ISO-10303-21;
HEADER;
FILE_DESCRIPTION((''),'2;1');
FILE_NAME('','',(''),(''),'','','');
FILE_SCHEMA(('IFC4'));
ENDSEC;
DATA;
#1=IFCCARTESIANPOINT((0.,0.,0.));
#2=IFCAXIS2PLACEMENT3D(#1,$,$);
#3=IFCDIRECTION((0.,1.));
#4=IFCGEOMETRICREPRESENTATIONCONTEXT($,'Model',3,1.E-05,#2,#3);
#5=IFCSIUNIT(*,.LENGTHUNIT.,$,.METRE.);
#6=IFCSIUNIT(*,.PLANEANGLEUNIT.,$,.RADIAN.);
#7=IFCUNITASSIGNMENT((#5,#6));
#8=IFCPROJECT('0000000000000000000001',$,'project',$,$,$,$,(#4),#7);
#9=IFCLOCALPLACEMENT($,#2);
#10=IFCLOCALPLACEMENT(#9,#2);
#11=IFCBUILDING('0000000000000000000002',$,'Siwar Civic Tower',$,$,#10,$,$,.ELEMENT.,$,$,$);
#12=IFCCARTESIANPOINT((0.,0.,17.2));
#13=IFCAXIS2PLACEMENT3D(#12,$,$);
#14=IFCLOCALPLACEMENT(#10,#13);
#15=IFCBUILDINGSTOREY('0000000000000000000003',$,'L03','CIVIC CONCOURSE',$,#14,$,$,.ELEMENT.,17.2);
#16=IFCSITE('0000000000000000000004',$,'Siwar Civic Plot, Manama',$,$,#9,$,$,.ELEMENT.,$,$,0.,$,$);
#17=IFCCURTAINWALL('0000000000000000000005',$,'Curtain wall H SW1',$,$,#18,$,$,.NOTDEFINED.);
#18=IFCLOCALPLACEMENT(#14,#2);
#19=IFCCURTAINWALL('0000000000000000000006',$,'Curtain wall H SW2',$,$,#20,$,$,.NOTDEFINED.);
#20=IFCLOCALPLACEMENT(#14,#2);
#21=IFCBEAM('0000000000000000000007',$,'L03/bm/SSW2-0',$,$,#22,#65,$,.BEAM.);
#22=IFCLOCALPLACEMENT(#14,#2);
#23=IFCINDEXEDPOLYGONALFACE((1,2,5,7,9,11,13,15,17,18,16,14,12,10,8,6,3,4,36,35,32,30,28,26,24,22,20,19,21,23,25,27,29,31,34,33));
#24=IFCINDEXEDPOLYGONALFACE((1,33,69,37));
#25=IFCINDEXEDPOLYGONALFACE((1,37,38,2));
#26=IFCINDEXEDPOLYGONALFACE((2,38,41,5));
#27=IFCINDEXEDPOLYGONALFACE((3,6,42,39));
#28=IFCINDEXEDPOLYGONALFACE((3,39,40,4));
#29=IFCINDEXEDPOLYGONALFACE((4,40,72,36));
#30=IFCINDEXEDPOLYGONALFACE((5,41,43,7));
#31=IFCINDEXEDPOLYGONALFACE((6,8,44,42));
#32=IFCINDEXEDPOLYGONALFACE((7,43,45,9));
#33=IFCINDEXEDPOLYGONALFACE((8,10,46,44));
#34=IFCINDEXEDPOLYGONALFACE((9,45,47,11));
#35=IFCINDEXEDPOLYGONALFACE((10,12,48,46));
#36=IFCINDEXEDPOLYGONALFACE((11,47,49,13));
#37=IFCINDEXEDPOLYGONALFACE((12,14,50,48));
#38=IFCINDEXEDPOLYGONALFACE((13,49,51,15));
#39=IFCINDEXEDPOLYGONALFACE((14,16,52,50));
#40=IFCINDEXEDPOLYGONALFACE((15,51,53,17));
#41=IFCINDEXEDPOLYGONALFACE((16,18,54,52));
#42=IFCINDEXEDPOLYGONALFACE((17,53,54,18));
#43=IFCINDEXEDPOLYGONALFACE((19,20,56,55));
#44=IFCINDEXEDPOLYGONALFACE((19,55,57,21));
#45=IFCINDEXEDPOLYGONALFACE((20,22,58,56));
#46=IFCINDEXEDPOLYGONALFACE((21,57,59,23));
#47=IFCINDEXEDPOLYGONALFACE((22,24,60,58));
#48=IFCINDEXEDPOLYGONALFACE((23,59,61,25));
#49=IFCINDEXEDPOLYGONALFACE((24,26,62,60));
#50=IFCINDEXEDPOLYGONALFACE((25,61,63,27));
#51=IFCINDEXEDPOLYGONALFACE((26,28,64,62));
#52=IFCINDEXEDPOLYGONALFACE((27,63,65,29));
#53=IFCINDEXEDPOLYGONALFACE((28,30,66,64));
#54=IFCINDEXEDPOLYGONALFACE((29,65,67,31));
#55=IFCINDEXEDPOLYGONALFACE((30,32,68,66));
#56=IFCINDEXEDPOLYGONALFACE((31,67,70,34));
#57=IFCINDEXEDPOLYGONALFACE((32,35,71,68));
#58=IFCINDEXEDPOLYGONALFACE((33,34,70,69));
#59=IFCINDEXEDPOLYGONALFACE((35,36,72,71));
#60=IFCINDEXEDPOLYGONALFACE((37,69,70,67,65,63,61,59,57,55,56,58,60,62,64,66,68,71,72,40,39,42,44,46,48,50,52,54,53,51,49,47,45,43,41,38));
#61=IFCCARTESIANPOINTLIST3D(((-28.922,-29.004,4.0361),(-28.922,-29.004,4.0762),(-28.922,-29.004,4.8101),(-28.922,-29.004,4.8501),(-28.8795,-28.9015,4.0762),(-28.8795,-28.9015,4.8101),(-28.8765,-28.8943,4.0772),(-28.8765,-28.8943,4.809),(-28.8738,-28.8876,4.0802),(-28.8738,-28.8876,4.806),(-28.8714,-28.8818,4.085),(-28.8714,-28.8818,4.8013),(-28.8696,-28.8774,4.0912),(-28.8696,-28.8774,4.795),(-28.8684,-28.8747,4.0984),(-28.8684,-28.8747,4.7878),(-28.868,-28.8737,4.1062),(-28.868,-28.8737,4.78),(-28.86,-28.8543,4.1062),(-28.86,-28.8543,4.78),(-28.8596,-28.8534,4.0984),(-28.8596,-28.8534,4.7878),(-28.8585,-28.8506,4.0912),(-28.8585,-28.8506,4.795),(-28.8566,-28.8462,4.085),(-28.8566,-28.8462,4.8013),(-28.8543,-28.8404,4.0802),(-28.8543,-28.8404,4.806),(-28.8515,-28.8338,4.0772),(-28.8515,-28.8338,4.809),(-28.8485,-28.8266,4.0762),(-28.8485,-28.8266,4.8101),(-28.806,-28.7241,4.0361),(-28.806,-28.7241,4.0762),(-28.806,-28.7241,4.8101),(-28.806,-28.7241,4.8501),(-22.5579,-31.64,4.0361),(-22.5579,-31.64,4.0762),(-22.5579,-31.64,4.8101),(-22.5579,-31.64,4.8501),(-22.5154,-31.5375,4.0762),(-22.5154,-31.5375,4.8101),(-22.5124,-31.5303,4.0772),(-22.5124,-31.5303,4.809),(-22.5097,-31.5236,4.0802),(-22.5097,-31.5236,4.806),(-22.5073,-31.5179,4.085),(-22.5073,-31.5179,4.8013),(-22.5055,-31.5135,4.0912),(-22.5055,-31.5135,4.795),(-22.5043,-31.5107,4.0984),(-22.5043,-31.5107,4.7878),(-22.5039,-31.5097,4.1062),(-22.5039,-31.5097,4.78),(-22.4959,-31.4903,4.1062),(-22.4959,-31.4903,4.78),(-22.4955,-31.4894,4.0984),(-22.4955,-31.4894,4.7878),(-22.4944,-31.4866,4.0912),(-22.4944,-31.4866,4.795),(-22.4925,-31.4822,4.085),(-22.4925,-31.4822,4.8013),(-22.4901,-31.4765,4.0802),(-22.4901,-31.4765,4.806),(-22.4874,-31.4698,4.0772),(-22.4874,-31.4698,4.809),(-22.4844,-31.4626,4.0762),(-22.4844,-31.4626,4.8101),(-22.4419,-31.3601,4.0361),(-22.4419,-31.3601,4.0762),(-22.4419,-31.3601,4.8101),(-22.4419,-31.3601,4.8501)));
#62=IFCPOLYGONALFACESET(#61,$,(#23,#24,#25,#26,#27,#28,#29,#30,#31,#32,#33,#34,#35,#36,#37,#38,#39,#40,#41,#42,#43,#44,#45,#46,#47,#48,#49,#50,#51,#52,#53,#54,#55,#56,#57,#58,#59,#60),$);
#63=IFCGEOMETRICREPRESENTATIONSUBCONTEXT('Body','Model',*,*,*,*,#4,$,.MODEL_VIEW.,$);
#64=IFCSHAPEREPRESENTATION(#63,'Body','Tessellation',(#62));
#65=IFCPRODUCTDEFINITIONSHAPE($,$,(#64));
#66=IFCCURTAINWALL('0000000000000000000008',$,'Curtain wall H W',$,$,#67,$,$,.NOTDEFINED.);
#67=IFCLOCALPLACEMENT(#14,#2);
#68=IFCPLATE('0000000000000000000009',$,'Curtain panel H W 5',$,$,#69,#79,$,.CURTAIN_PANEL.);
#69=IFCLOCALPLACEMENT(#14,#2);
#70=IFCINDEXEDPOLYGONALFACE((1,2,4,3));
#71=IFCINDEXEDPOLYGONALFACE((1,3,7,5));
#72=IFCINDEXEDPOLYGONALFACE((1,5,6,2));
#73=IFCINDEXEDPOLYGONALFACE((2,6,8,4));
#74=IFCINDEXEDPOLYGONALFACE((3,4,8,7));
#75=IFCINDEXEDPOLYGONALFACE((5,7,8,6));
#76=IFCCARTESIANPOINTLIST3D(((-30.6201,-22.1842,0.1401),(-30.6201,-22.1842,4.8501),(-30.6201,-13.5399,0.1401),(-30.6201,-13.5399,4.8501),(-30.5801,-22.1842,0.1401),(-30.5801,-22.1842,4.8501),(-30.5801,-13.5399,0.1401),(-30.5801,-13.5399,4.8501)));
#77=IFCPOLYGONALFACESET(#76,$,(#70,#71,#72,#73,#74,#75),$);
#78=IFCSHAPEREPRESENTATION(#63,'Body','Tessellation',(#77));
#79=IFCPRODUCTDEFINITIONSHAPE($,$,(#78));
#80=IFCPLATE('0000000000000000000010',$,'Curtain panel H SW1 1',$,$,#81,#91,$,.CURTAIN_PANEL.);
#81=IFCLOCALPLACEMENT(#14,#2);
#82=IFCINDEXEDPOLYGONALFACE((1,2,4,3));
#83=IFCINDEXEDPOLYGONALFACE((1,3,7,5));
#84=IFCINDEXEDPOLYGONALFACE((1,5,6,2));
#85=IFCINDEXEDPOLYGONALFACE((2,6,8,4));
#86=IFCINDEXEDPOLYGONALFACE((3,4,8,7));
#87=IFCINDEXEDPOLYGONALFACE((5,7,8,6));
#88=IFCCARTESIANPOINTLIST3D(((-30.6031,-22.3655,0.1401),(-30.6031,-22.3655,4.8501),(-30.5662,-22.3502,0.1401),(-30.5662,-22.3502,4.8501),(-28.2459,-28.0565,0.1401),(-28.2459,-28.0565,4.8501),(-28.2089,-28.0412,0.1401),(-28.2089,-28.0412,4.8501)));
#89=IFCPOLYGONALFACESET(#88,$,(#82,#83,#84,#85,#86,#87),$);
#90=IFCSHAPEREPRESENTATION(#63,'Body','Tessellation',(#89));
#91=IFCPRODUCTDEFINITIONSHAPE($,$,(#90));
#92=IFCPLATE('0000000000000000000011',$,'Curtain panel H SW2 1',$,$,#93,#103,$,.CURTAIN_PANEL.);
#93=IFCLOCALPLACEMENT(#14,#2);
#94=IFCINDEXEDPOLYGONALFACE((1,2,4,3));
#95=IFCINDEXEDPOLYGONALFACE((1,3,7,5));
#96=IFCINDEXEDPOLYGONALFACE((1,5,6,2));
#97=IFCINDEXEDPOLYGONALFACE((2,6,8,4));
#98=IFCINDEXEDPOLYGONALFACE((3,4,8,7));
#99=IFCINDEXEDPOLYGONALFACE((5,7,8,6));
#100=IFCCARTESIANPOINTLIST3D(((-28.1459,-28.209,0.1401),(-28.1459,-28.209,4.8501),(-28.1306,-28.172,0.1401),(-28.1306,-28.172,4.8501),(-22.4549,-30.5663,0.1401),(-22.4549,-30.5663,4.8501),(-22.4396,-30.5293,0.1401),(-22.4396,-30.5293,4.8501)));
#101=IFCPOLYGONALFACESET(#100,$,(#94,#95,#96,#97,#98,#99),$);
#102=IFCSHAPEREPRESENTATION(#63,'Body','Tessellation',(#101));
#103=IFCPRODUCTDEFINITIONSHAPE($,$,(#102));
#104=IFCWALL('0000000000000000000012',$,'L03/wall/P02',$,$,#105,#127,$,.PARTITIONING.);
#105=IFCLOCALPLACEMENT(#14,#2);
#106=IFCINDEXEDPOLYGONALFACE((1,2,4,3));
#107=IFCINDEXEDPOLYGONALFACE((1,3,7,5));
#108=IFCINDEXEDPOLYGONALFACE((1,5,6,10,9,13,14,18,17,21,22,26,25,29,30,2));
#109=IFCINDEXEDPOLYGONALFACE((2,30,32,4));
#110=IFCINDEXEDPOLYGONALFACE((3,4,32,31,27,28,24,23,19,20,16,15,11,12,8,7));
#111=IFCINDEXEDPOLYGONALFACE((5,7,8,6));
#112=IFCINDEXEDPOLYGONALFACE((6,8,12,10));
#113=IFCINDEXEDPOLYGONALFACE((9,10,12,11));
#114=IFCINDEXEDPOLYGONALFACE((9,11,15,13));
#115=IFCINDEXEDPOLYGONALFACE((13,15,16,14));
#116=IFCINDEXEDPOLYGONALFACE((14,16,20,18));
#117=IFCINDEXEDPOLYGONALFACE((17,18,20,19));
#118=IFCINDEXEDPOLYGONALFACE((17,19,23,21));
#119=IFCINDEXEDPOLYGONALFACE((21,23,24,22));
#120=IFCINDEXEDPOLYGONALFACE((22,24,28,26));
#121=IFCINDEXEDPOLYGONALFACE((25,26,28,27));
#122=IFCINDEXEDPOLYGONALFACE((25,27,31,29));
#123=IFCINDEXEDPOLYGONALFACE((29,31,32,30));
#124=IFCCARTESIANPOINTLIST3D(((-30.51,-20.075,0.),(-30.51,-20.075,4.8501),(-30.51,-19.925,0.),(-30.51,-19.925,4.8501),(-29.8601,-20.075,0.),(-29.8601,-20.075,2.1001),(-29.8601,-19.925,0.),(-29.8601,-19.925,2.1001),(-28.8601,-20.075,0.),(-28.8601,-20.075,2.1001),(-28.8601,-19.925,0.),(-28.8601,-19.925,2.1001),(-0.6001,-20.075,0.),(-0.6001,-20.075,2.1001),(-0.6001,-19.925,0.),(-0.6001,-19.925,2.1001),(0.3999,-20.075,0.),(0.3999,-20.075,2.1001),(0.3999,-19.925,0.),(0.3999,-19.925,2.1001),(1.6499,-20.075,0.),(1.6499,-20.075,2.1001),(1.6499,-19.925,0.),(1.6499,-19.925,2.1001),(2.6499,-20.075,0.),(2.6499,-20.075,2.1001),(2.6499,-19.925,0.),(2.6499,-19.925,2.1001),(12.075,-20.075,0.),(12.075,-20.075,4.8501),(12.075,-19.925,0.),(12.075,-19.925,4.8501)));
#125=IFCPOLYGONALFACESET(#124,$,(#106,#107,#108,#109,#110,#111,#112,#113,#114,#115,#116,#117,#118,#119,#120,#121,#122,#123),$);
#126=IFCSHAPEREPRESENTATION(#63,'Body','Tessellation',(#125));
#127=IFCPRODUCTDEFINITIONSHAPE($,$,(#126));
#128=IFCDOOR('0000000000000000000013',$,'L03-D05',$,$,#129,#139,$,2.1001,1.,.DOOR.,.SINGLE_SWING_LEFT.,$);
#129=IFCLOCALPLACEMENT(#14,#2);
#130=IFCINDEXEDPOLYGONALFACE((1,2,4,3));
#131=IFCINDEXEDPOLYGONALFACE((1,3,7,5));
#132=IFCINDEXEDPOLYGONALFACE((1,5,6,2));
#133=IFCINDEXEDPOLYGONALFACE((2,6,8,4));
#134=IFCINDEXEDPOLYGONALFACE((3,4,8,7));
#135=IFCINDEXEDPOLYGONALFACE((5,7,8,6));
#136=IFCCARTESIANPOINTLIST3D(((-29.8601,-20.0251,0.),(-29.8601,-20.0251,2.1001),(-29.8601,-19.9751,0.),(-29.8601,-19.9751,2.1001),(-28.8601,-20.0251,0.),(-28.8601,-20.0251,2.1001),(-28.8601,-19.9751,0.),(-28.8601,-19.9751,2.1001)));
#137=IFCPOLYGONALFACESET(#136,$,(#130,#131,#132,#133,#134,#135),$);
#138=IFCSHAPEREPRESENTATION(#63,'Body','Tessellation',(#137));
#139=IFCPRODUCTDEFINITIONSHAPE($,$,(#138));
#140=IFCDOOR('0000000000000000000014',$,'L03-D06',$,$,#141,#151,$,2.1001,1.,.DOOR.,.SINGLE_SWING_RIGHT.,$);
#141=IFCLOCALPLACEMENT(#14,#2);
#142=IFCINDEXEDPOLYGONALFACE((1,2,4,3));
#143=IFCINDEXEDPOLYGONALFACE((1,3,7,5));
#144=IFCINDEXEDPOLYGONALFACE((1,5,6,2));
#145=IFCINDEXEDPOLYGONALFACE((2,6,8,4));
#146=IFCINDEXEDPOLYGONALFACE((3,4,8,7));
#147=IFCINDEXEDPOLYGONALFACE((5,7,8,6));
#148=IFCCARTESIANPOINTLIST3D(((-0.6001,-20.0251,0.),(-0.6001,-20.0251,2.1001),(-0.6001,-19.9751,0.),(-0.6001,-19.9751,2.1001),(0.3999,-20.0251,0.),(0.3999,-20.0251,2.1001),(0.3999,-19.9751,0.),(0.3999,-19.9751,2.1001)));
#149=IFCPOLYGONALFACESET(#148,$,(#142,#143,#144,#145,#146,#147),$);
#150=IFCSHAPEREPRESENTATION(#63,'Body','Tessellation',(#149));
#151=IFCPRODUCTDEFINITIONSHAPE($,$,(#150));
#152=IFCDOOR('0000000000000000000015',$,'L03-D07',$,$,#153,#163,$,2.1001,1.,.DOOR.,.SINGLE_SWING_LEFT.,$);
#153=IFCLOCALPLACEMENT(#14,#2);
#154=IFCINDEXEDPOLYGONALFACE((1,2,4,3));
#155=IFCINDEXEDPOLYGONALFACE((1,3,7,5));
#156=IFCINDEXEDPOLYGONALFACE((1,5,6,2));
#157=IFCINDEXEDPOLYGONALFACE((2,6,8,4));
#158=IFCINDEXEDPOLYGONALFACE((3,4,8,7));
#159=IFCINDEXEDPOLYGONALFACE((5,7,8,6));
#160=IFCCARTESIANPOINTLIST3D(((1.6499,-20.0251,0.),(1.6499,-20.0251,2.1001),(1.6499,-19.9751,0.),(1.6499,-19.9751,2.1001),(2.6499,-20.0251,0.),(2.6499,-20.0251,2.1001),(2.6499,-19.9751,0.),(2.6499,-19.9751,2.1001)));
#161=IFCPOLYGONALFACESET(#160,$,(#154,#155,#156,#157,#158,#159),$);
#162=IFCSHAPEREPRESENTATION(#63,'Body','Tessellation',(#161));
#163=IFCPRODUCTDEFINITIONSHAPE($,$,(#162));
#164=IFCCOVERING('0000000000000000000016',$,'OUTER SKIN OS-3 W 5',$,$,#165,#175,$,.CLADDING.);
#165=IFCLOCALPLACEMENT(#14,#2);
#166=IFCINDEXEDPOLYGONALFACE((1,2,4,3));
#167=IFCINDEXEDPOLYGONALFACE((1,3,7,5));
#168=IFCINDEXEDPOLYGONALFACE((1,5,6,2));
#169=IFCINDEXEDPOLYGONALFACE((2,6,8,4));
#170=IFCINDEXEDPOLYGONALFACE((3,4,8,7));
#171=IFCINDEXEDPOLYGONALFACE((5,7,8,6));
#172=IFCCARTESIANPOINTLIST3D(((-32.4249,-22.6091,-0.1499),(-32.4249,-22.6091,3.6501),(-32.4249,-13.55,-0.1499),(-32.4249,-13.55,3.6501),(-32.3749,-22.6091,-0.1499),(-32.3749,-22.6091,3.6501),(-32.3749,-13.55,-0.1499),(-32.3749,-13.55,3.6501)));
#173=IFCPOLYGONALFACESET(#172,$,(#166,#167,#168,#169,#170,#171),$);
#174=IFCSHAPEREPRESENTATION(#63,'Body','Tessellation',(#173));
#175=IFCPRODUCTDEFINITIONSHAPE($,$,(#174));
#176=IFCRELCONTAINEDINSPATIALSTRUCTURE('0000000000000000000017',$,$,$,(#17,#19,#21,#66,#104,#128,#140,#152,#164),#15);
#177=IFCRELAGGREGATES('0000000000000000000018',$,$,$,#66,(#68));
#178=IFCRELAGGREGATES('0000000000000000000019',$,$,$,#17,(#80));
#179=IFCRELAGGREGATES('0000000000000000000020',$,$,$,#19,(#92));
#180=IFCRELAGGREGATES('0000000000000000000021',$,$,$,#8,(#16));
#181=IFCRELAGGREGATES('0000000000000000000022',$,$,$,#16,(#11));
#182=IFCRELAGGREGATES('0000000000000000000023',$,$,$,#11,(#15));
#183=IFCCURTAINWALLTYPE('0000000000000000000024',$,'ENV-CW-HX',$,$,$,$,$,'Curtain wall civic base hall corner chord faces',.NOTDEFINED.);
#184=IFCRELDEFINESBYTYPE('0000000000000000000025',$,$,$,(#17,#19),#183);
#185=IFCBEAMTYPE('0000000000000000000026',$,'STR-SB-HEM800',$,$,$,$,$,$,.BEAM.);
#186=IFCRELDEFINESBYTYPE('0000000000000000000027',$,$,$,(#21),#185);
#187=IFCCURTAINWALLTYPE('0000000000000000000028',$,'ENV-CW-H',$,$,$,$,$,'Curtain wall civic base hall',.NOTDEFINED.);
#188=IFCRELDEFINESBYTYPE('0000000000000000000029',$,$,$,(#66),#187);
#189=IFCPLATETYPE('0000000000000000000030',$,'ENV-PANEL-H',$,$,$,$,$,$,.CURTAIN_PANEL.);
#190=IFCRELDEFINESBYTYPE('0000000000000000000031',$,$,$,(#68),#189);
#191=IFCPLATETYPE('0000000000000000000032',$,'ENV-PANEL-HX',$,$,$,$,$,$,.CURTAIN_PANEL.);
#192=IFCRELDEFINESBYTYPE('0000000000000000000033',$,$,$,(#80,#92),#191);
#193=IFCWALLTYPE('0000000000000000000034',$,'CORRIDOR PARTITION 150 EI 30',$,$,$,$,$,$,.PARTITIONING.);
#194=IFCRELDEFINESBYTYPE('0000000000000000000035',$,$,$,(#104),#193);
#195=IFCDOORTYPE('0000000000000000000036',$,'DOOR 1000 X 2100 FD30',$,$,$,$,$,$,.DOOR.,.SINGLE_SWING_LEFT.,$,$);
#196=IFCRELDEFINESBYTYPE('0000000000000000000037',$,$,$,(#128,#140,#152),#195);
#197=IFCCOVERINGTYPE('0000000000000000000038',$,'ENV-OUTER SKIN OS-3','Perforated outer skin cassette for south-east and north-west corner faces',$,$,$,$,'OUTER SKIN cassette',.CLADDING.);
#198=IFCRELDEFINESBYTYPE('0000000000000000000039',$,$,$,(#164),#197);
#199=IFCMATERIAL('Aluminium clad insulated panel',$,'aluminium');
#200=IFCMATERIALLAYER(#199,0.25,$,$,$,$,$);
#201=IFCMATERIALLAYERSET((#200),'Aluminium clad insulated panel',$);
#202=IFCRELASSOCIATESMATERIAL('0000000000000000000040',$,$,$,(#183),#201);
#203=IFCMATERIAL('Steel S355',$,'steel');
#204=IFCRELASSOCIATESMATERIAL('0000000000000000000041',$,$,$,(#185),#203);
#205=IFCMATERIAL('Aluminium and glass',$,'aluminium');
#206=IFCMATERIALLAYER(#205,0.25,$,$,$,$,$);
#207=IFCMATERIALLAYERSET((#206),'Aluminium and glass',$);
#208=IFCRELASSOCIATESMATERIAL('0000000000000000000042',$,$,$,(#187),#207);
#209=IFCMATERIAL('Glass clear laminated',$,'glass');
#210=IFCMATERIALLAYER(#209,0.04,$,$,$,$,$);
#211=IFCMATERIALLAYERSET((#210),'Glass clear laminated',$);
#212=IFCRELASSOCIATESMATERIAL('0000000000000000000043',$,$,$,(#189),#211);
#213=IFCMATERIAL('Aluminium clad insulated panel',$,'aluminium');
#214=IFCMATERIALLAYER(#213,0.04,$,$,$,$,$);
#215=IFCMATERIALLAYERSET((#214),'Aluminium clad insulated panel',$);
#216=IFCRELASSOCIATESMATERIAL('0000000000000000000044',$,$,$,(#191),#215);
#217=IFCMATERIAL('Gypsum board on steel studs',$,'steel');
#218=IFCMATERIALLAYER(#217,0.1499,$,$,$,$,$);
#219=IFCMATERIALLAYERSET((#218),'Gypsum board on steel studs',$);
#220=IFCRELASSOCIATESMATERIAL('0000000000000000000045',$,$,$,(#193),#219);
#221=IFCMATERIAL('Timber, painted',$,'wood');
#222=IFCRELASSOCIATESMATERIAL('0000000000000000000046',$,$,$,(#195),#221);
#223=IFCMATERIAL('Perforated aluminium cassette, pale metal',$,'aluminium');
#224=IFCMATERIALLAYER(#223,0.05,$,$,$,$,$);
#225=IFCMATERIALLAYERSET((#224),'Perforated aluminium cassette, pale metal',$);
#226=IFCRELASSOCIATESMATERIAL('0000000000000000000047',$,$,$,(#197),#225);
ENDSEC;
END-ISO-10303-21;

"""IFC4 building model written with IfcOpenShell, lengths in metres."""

from ifc_helpers import new_model, si_unit, direction, frame, frame_2d, origin, origin_2d, place, context, subcontext, project, spatial, rectangle, i_section, extrude, material, layer, layer_set, material_profile, profile_set, type_object, element, fill, aggregate, save


model = new_model("IFC4")

# Units and contexts
model_context = context("Model", 3, precision=1e-05, world=origin(), true_north=direction((0.0, 1.0)))
body_context = subcontext(model_context, "Body", "Model", "MODEL_VIEW")
ifc_project = project(units=[si_unit("LENGTHUNIT", "METRE"), si_unit("PLANEANGLEUNIT", "RADIAN")], contexts=[model_context])

# Site, building, storey
site_placement = place(None, origin())
site = spatial("IfcSite", under=ifc_project, at=site_placement, Name="Siwar Civic Plot, Manama", CompositionType="ELEMENT", RefElevation=0.0)
building_placement = place(site_placement, origin())
building = spatial("IfcBuilding", under=site, at=building_placement, Name="Siwar Civic Tower", CompositionType="ELEMENT")
storey_placement = place(building_placement, frame((0.0, 0.0, 17.2)))
storey = spatial("IfcBuildingStorey", under=building, at=storey_placement, Name="L03", Description="CIVIC CONCOURSE", CompositionType="ELEMENT", Elevation=17.2)

# Curtain walls
ifc_material_1 = material(Name="Aluminium clad insulated panel", Category="aluminium")
ifc_layer_1 = layer(ifc_material_1, 0.25)
ifc_layer_set_1 = layer_set([ifc_layer_1], Name="Aluminium clad insulated panel")
curtain_wall_type_1 = type_object("IfcCurtainWallType", Name="ENV-CW-HX", ElementType="Curtain wall civic base hall corner chord faces", PredefinedType="NOTDEFINED", material=ifc_layer_set_1)
curtain_wall_1_placement = place(storey_placement, origin())
curtain_wall_1 = element("IfcCurtainWall", 1, at=curtain_wall_1_placement, inside=storey, type_object=curtain_wall_type_1, Name="Curtain wall H SW1", PredefinedType="NOTDEFINED")
curtain_wall_2_placement = place(storey_placement, origin())
curtain_wall_2 = element("IfcCurtainWall", 2, at=curtain_wall_2_placement, inside=storey, type_object=curtain_wall_type_1, Name="Curtain wall H SW2", PredefinedType="NOTDEFINED")

# Beam
ifc_material_2 = material(Name="Steel S355", Category="steel")
ifc_material_profile_1 = material_profile(ifc_material_2, i_section(OverallWidth=0.303, OverallDepth=0.814, WebThickness=0.021, FlangeThickness=0.04, FilletRadius=0.03, at=origin_2d()), Name="HEM800")
ifc_profile_set_1 = profile_set([ifc_material_profile_1], Name="Steel S355")
beam_type_1 = type_object("IfcBeamType", Name="STR-SB-HEM800", PredefinedType="BEAM", material=ifc_profile_set_1)
for number, where, z_axis, x_axis, name in (
    (3, (-28.864, -28.864, 4.4431), (0.923883, -0.382674, 0.0), (0.382674, 0.923883, 0.0), "L03/bm/SSW2-0"),
):
    element("IfcBeam", number, at=place(storey_placement, frame(where, z_axis=z_axis, x_axis=x_axis)), inside=storey, type_object=beam_type_1, Name=name, PredefinedType="BEAM", context=body_context, shape_type="SweptSolid", body=[
        extrude(i_section(OverallWidth=0.303, OverallDepth=0.814, WebThickness=0.021, FlangeThickness=0.04, FilletRadius=0.03, at=origin_2d()), origin(), (0.0, 0.0, 1.0), 6.8884),
    ])

# Curtain wall, plate
ifc_material_3 = material(Name="Aluminium and glass", Category="aluminium")
ifc_layer_2 = layer(ifc_material_3, 0.25)
ifc_layer_set_2 = layer_set([ifc_layer_2], Name="Aluminium and glass")
curtain_wall_type_2 = type_object("IfcCurtainWallType", Name="ENV-CW-H", ElementType="Curtain wall civic base hall", PredefinedType="NOTDEFINED", material=ifc_layer_set_2)
curtain_wall_3_placement = place(storey_placement, origin())
curtain_wall_3 = element("IfcCurtainWall", 4, at=curtain_wall_3_placement, inside=storey, type_object=curtain_wall_type_2, Name="Curtain wall H W", PredefinedType="NOTDEFINED")
ifc_material_4 = material(Name="Glass clear laminated", Category="glass")
ifc_layer_3 = layer(ifc_material_4, 0.04)
ifc_layer_set_3 = layer_set([ifc_layer_3], Name="Glass clear laminated")
plate_type_1 = type_object("IfcPlateType", Name="ENV-PANEL-H", PredefinedType="CURTAIN_PANEL", material=ifc_layer_set_3)
plate_1_placement = place(storey_placement, frame((-30.6001, -17.8621, 0.1401), z_axis=(0.0, 0.0, 1.0), x_axis=(0.0, -1.0, 0.0)))
plate_1 = element("IfcPlate", 5, at=plate_1_placement, type_object=plate_type_1, Name="Curtain panel H W 5", PredefinedType="CURTAIN_PANEL", context=body_context, shape_type="SweptSolid", body=[
    extrude(rectangle(XDim=8.6443, YDim=0.04, at=origin_2d()), origin(), (0.0, 0.0, 1.0), 4.71),
])
aggregate(curtain_wall_3, [plate_1])

# Plates
ifc_material_5 = material(Name="Aluminium clad insulated panel", Category="aluminium")
ifc_layer_4 = layer(ifc_material_5, 0.04)
ifc_layer_set_4 = layer_set([ifc_layer_4], Name="Aluminium clad insulated panel")
plate_type_2 = type_object("IfcPlateType", Name="ENV-PANEL-HX", PredefinedType="CURTAIN_PANEL", material=ifc_layer_set_4)
plate_2_placement = place(storey_placement, frame((-29.406, -25.2034, 0.1401), z_axis=(0.0, 0.0, 1.0), x_axis=(0.382683, -0.92388, 0.0)))
plate_2 = element("IfcPlate", 6, at=plate_2_placement, type_object=plate_type_2, Name="Curtain panel H SW1 1", PredefinedType="CURTAIN_PANEL", context=body_context, shape_type="SweptSolid", body=[
    extrude(rectangle(XDim=6.1599, YDim=0.04, at=origin_2d()), origin(), (0.0, 0.0, 1.0), 4.71),
])
aggregate(curtain_wall_1, [plate_2])
plate_3_placement = place(storey_placement, frame((-25.2927, -29.3691, 0.1401), z_axis=(0.0, 0.0, 1.0), x_axis=(0.92388, -0.382683, 0.0)))
plate_3 = element("IfcPlate", 7, at=plate_3_placement, type_object=plate_type_2, Name="Curtain panel H SW2 1", PredefinedType="CURTAIN_PANEL", context=body_context, shape_type="SweptSolid", body=[
    extrude(rectangle(XDim=6.1599, YDim=0.04, at=origin_2d()), origin(), (0.0, 0.0, 1.0), 4.71),
])
aggregate(curtain_wall_2, [plate_3])

# Wall, openings, doors
ifc_material_6 = material(Name="Gypsum board on steel studs", Category="steel")
ifc_layer_5 = layer(ifc_material_6, 0.1499)
ifc_layer_set_5 = layer_set([ifc_layer_5], Name="Gypsum board on steel studs")
wall_type = type_object("IfcWallType", Name="CORRIDOR PARTITION 150 EI 30", PredefinedType="PARTITIONING", material=ifc_layer_set_5)
wall_placement = place(storey_placement, frame((-30.51, -20.0, 0.0), z_axis=(0.0, 0.0, 1.0), x_axis=(1.0, 0.0, 0.0)))
wall = element("IfcWall", 8, at=wall_placement, inside=storey, type_object=wall_type, Name="L03/wall/P02", PredefinedType="PARTITIONING", context=body_context, shape_type="SweptSolid", body=[
    extrude(rectangle(XDim=42.585, YDim=0.1499, at=frame_2d((21.2925, 0.0))), origin(), (0.0, 0.0, 1.0), 4.8501),
])
opening_1_placement = place(wall_placement, frame((0.6499, 0.0, 0.0)))
opening_1 = element("IfcOpeningElement", 9, at=opening_1_placement, cuts=wall, PredefinedType="OPENING", context=body_context, shape_type="SweptSolid", body=[
    extrude(rectangle(XDim=1.0, YDim=2.1001, at=frame_2d((0.5, 1.05))), frame((0.0, 0.085, 0.0), z_axis=(0.0, -1.0, 0.0), x_axis=(1.0, 0.0, 0.0)), (0.0, 0.0, 1.0), 0.1699),
])
opening_2_placement = place(wall_placement, frame((29.9099, 0.0, 0.0)))
opening_2 = element("IfcOpeningElement", 10, at=opening_2_placement, cuts=wall, PredefinedType="OPENING", context=body_context, shape_type="SweptSolid", body=[
    extrude(rectangle(XDim=1.0, YDim=2.1001, at=frame_2d((0.5, 1.05))), frame((0.0, 0.085, 0.0), z_axis=(0.0, -1.0, 0.0), x_axis=(1.0, 0.0, 0.0)), (0.0, 0.0, 1.0), 0.1699),
])
opening_3_placement = place(wall_placement, frame((32.1599, 0.0, 0.0)))
opening_3 = element("IfcOpeningElement", 11, at=opening_3_placement, cuts=wall, PredefinedType="OPENING", context=body_context, shape_type="SweptSolid", body=[
    extrude(rectangle(XDim=1.0, YDim=2.1001, at=frame_2d((0.5, 1.05))), frame((0.0, 0.085, 0.0), z_axis=(0.0, -1.0, 0.0), x_axis=(1.0, 0.0, 0.0)), (0.0, 0.0, 1.0), 0.1699),
])
ifc_material_7 = material(Name="Timber, painted", Category="wood")
door_type = type_object("IfcDoorType", Name="DOOR 1000 X 2100 FD30", OperationType="SINGLE_SWING_LEFT", PredefinedType="DOOR", material=ifc_material_7)
door_1_placement = place(opening_1_placement, origin())
door_1 = element("IfcDoor", 12, at=door_1_placement, inside=storey, type_object=door_type, Name="L03-D05", OperationType="SINGLE_SWING_LEFT", OverallHeight=2.1001, OverallWidth=1.0, PredefinedType="DOOR", context=body_context, shape_type="SweptSolid", body=[
    extrude(rectangle(XDim=1.0, YDim=2.1001, at=frame_2d((0.5, 1.05))), frame((0.0, 0.0249, 0.0), z_axis=(0.0, -1.0, 0.0), x_axis=(1.0, 0.0, 0.0)), (0.0, 0.0, 1.0), 0.05),
])
fill(opening_1, door_1)
door_2_placement = place(opening_2_placement, origin())
door_2 = element("IfcDoor", 13, at=door_2_placement, inside=storey, type_object=door_type, Name="L03-D06", OperationType="SINGLE_SWING_RIGHT", OverallHeight=2.1001, OverallWidth=1.0, PredefinedType="DOOR", context=body_context, shape_type="SweptSolid", body=[
    extrude(rectangle(XDim=1.0, YDim=2.1001, at=frame_2d((0.5, 1.05))), frame((0.0, 0.0249, 0.0), z_axis=(0.0, -1.0, 0.0), x_axis=(1.0, 0.0, 0.0)), (0.0, 0.0, 1.0), 0.05),
])
fill(opening_2, door_2)
door_3_placement = place(opening_3_placement, origin())
door_3 = element("IfcDoor", 14, at=door_3_placement, inside=storey, type_object=door_type, Name="L03-D07", OperationType="SINGLE_SWING_LEFT", OverallHeight=2.1001, OverallWidth=1.0, PredefinedType="DOOR", context=body_context, shape_type="SweptSolid", body=[
    extrude(rectangle(XDim=1.0, YDim=2.1001, at=frame_2d((0.5, 1.05))), frame((0.0, 0.0249, 0.0), z_axis=(0.0, -1.0, 0.0), x_axis=(1.0, 0.0, 0.0)), (0.0, 0.0, 1.0), 0.05),
])
fill(opening_3, door_3)

# Covering
ifc_material_8 = material(Name="Perforated aluminium cassette, pale metal", Category="aluminium")
ifc_layer_6 = layer(ifc_material_8, 0.05)
ifc_layer_set_6 = layer_set([ifc_layer_6], Name="Perforated aluminium cassette, pale metal")
covering_type_1 = type_object("IfcCoveringType", Name="ENV-OUTER SKIN OS-3", Description="Perforated outer skin cassette for south-east and north-west corner faces", ElementType="OUTER SKIN cassette", PredefinedType="CLADDING", material=ifc_layer_set_6)
covering_placement = place(storey_placement, frame((-32.3999, -18.0796, -0.1499), z_axis=(0.0, 0.0, 1.0), x_axis=(0.0, -1.0, 0.0)))
element("IfcCovering", 15, at=covering_placement, inside=storey, type_object=covering_type_1, Name="OUTER SKIN OS-3 W 5", PredefinedType="CLADDING", context=body_context, shape_type="SweptSolid", body=[
    extrude(rectangle(XDim=9.0591, YDim=0.05, at=origin_2d()), origin(), (0.0, 0.0, 1.0), 3.8),
])

save(model, "model.ifc")
